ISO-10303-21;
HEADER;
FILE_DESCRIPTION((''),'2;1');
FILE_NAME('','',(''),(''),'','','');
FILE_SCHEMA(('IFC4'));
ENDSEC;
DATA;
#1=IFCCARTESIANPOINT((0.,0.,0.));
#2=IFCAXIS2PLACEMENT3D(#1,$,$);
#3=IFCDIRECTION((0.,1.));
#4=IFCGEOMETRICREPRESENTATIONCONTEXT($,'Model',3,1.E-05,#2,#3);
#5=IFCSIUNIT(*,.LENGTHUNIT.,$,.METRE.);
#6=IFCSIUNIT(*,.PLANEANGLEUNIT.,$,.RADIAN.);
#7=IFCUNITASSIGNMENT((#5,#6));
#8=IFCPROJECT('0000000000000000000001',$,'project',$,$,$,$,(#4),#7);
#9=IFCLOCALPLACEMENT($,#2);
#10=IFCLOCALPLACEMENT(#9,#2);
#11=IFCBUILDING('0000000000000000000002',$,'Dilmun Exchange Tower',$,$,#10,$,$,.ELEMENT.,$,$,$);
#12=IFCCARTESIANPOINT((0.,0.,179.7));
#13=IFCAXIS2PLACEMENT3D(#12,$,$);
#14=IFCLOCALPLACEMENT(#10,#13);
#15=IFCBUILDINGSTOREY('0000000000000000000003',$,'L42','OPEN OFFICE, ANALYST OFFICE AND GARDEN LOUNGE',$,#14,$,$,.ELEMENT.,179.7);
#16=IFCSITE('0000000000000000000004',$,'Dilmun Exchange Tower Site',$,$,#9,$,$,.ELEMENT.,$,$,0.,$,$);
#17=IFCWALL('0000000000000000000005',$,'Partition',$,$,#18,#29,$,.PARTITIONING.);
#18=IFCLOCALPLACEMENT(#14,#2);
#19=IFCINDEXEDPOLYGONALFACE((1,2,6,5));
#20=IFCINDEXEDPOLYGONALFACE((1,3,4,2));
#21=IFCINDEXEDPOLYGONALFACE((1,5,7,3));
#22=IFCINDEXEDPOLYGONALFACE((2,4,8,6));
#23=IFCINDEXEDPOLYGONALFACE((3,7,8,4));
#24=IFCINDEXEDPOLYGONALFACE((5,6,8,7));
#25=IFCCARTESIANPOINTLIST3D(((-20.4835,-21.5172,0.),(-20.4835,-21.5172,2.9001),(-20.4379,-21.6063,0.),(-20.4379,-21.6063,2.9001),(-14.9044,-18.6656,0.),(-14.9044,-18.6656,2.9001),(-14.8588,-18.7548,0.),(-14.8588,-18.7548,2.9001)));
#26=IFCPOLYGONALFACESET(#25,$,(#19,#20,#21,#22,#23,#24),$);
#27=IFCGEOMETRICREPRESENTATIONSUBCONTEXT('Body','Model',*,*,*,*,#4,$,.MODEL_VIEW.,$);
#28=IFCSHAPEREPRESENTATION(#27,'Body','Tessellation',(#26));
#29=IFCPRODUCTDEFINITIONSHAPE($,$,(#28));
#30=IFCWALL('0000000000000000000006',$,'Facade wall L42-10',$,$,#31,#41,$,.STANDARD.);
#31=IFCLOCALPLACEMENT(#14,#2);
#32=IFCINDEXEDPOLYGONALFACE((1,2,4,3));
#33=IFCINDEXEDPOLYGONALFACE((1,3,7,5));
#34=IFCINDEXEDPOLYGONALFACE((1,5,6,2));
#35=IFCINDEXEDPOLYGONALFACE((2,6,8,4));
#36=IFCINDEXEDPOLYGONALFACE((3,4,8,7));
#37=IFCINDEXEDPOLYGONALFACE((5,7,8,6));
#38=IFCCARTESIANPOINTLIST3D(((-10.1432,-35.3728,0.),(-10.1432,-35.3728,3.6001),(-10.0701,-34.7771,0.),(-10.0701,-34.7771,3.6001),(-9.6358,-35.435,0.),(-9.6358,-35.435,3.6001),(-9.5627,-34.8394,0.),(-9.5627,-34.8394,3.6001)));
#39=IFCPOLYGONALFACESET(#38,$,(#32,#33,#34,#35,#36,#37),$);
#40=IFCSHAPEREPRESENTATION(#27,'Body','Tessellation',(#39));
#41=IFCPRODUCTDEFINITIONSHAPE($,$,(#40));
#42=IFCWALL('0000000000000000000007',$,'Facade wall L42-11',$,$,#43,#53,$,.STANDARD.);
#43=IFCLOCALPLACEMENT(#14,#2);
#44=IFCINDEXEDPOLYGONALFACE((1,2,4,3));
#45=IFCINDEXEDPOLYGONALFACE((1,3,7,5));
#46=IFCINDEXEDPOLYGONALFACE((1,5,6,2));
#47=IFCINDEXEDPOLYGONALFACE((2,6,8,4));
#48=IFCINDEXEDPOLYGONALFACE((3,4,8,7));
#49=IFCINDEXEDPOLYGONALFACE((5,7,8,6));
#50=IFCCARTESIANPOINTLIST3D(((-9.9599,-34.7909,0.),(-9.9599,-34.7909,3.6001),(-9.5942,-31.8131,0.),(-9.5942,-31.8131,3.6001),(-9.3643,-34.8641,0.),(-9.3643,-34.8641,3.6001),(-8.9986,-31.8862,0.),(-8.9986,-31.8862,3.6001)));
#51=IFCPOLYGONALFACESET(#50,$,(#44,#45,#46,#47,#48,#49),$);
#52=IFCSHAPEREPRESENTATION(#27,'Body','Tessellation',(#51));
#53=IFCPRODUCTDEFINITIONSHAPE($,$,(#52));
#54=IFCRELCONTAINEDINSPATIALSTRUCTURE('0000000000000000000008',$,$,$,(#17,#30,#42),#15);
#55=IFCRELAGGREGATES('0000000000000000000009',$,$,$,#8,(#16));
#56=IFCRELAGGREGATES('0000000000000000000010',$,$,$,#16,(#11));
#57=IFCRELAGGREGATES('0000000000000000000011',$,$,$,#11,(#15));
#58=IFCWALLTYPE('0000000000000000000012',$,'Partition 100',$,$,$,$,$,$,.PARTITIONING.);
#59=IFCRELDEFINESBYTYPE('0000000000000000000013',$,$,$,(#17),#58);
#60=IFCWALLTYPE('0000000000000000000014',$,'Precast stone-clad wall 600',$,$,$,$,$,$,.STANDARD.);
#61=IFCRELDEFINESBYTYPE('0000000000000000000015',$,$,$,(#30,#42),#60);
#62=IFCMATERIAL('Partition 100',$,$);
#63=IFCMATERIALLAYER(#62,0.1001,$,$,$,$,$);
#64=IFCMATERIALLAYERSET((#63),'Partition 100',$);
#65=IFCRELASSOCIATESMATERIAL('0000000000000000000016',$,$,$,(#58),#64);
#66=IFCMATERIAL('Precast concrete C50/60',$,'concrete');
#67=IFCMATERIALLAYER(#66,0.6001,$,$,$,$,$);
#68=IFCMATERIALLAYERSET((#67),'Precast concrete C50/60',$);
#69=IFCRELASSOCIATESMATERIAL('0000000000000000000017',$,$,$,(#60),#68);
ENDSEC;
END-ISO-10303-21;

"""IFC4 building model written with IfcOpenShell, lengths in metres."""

from ifc_helpers import new_model, si_unit, direction, frame, frame_2d, origin, place, context, subcontext, project, spatial, rectangle, extrude, material, layer, layer_set, type_object, element, save


model = new_model("IFC4")

# Units and contexts
model_context = context("Model", 3, precision=1e-05, world=origin(), true_north=direction((0.0, 1.0)))
body_context = subcontext(model_context, "Body", "Model", "MODEL_VIEW")
ifc_project = project(units=[si_unit("LENGTHUNIT", "METRE"), si_unit("PLANEANGLEUNIT", "RADIAN")], contexts=[model_context])

# Site, building, storey
site_placement = place(None, origin())
site = spatial("IfcSite", under=ifc_project, at=site_placement, Name="Dilmun Exchange Tower Site", CompositionType="ELEMENT", RefElevation=0.0)
building_placement = place(site_placement, origin())
building = spatial("IfcBuilding", under=site, at=building_placement, Name="Dilmun Exchange Tower", CompositionType="ELEMENT")
storey_placement = place(building_placement, frame((0.0, 0.0, 179.7)))
storey = spatial("IfcBuildingStorey", under=building, at=storey_placement, Name="L42", Description="OPEN OFFICE, ANALYST OFFICE AND GARDEN LOUNGE", CompositionType="ELEMENT", Elevation=179.7)

# Walls
ifc_material_1 = material(Name="Partition 100")
ifc_layer_1 = layer(ifc_material_1, 0.1001)
ifc_layer_set_1 = layer_set([ifc_layer_1], Name="Partition 100")
wall_type_1 = type_object("IfcWallType", Name="Partition 100", PredefinedType="PARTITIONING", material=ifc_layer_set_1)
wall_1_placement = place(storey_placement, frame((-20.4607, -21.5618, 0.0), z_axis=(0.0, 0.0, 1.0), x_axis=(0.890433, 0.455114, 0.0)))
element("IfcWall", 1, at=wall_1_placement, inside=storey, type_object=wall_type_1, Name="Partition", PredefinedType="PARTITIONING", context=body_context, shape_type="SweptSolid", body=[
    extrude(rectangle(XDim=6.2656, YDim=0.1001, at=frame_2d((3.1328, 0.0))), origin(), (0.0, 0.0, 1.0), 2.9001),
])
ifc_material_2 = material(Name="Precast concrete C50/60", Category="concrete")
ifc_layer_2 = layer(ifc_material_2, 0.6001)
ifc_layer_set_2 = layer_set([ifc_layer_2], Name="Precast concrete C50/60")
wall_type_2 = type_object("IfcWallType", Name="Precast stone-clad wall 600", PredefinedType="STANDARD", material=ifc_layer_set_2)
wall_2_placement = place(storey_placement, frame((-10.1067, -35.075, 0.0), z_axis=(0.0, 0.0, 1.0), x_axis=(0.992555, -0.1218, 0.0)))
element("IfcWall", 2, at=wall_2_placement, inside=storey, type_object=wall_type_2, Name="Facade wall L42-10", PredefinedType="STANDARD", context=body_context, shape_type="SweptSolid", body=[
    extrude(rectangle(XDim=0.5112, YDim=0.6001, at=frame_2d((0.2556, 0.0))), origin(), (0.0, 0.0, 1.0), 3.6001),
])
wall_3_placement = place(storey_placement, frame((-9.6621, -34.8274, 0.0), z_axis=(0.0, 0.0, 1.0), x_axis=(0.121901, 0.992542, 0.0)))
element("IfcWall", 3, at=wall_3_placement, inside=storey, type_object=wall_type_2, Name="Facade wall L42-11", PredefinedType="STANDARD", context=body_context, shape_type="SweptSolid", body=[
    extrude(rectangle(XDim=3.0002, YDim=0.6001, at=frame_2d((1.5, 0.0))), origin(), (0.0, 0.0, 1.0), 3.6001),
])

save(model, "model.ifc")
